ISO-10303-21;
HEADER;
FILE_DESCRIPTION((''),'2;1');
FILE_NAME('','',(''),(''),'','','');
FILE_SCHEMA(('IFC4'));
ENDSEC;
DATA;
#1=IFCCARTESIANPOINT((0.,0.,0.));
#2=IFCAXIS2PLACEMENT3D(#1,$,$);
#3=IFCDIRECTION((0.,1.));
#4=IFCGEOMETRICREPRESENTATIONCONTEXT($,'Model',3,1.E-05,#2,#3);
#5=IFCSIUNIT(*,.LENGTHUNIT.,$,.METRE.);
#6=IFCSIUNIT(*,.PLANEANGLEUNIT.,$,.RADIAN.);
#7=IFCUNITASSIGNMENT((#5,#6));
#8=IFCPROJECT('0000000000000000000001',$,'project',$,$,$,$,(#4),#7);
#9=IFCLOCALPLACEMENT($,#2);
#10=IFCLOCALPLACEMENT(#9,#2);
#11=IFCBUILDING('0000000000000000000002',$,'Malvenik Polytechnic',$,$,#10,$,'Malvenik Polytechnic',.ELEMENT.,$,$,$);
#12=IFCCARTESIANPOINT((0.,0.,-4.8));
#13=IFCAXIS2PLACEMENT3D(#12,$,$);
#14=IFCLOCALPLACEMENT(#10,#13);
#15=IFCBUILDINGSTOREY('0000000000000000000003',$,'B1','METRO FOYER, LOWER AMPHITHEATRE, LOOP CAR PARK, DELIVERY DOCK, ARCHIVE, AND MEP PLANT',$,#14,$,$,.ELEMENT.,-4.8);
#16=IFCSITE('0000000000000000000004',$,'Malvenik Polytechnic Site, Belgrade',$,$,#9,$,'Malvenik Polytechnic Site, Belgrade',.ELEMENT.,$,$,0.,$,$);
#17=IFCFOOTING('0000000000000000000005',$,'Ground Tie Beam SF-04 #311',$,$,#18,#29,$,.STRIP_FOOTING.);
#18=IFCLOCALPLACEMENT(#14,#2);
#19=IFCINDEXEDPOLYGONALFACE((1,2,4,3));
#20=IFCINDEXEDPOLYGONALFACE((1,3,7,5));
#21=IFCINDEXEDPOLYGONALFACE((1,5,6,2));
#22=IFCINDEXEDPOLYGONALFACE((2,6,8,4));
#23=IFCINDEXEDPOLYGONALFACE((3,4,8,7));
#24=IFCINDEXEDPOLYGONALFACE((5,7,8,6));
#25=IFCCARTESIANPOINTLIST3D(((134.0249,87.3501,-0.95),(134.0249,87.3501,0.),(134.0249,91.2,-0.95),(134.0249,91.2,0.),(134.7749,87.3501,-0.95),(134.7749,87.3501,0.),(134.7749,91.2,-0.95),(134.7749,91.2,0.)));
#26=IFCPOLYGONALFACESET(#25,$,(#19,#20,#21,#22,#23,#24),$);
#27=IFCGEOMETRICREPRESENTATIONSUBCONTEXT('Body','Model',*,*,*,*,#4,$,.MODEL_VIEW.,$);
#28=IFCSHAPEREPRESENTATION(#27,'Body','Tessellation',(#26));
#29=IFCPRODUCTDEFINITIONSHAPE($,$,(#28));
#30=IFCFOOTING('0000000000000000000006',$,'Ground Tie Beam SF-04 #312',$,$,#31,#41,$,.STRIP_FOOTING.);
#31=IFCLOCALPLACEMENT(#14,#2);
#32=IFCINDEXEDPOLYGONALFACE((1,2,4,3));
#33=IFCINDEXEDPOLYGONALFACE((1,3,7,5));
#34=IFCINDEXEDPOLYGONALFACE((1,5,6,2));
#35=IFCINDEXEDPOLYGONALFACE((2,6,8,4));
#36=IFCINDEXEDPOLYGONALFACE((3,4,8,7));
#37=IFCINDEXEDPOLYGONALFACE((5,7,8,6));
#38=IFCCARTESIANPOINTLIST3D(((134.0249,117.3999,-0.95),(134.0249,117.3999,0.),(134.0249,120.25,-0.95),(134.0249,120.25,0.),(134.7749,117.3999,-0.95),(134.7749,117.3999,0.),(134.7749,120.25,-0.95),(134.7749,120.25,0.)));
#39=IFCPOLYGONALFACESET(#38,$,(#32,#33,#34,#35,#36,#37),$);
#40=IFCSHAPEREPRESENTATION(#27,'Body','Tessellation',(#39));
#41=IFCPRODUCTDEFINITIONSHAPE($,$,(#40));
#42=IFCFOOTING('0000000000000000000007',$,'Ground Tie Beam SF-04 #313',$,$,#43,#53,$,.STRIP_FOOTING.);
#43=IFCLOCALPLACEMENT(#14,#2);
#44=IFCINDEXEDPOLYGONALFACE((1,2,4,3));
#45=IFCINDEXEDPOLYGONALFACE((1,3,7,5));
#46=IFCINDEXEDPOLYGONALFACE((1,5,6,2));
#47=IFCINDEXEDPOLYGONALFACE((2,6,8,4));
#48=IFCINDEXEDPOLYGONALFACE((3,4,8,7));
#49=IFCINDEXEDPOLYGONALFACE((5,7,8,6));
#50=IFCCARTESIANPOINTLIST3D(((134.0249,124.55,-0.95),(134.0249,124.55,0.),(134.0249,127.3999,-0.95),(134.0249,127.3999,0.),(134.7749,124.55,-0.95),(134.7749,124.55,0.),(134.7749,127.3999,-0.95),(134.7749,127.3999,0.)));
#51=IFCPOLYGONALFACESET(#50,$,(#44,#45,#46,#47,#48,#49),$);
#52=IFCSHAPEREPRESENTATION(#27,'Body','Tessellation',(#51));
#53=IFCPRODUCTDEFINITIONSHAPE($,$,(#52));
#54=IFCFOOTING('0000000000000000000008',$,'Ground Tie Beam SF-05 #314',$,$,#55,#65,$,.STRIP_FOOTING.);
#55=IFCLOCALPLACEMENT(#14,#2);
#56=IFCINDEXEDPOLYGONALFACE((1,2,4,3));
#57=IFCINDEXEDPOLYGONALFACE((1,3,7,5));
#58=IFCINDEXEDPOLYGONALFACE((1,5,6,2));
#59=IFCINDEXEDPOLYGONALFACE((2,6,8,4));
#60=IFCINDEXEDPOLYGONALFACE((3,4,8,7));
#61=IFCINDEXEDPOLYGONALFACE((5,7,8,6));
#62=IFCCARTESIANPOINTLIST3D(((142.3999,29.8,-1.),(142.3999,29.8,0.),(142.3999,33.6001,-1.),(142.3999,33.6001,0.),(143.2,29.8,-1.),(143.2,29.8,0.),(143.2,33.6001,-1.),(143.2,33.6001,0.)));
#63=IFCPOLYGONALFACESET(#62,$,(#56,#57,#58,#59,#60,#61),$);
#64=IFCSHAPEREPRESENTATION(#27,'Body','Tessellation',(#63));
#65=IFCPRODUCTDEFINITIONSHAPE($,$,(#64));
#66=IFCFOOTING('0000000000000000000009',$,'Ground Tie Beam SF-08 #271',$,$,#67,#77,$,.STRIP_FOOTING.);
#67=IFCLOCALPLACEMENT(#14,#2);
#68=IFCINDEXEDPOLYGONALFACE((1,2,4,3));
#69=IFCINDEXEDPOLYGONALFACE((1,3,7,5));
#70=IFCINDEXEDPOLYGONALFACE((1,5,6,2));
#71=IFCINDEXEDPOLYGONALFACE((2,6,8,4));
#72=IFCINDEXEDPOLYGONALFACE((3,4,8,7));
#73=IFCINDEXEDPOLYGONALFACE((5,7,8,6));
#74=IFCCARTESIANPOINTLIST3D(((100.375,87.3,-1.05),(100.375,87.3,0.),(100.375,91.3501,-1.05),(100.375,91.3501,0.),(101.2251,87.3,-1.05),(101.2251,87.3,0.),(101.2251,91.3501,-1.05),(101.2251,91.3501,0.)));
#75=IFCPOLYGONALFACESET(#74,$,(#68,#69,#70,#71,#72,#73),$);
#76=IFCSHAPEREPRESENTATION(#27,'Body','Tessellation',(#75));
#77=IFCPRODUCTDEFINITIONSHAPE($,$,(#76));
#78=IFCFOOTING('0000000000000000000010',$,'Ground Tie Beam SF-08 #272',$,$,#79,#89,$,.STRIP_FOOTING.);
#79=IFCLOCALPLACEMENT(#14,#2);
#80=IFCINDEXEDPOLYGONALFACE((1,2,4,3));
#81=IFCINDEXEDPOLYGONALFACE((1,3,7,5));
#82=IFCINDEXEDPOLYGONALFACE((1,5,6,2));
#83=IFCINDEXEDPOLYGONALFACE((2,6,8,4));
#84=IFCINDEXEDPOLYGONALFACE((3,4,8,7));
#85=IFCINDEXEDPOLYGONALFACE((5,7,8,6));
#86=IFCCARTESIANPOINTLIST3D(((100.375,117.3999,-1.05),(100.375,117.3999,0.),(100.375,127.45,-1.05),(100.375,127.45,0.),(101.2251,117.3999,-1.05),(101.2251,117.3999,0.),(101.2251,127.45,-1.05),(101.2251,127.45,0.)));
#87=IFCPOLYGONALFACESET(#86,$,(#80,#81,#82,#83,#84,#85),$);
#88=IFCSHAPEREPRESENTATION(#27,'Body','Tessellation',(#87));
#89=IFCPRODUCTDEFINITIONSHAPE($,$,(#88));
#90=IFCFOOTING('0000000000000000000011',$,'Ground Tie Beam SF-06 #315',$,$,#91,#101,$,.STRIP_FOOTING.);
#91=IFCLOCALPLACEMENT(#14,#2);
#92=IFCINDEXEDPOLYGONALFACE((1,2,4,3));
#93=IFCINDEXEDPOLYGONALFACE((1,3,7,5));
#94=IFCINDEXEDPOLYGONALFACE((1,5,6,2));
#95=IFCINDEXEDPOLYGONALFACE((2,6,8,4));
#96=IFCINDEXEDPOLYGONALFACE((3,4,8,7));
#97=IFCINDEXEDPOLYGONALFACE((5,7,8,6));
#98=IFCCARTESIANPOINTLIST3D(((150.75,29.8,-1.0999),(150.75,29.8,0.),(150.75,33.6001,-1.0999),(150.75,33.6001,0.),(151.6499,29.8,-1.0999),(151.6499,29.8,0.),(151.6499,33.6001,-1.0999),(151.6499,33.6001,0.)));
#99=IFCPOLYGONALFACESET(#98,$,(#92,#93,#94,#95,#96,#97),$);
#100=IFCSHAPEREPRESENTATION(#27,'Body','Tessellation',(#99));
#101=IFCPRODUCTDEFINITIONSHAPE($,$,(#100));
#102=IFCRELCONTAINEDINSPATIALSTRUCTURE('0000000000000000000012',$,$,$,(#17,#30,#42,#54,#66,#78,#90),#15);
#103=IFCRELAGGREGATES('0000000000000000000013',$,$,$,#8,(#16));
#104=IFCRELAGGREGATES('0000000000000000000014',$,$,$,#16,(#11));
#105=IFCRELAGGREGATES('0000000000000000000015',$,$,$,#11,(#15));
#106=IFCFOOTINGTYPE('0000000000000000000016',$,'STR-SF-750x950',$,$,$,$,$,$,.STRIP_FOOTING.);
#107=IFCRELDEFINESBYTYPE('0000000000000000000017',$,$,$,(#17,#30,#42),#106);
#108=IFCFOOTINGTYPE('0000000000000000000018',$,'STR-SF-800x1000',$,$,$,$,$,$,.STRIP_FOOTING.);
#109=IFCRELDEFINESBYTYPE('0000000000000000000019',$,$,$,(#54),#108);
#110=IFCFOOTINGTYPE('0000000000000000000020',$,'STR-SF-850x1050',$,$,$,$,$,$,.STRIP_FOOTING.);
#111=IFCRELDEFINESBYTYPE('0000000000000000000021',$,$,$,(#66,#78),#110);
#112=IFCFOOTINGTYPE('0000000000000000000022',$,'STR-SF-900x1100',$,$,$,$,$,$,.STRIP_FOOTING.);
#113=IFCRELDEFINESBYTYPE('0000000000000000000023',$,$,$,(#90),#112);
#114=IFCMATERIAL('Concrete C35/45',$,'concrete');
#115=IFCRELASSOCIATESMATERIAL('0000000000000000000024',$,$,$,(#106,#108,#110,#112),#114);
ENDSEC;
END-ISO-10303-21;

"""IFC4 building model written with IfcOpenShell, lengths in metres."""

from ifc_helpers import new_model, si_unit, direction, frame, origin, place, context, subcontext, project, spatial, polyline, outline, extrude, material, type_object, element, save


model = new_model("IFC4")

# Units and contexts
model_context = context("Model", 3, precision=1e-05, world=origin(), true_north=direction((0.0, 1.0)))
body_context = subcontext(model_context, "Body", "Model", "MODEL_VIEW")
ifc_project = project(units=[si_unit("LENGTHUNIT", "METRE"), si_unit("PLANEANGLEUNIT", "RADIAN")], contexts=[model_context])

# Site, building, storey
site_placement = place(None, origin())
site = spatial("IfcSite", under=ifc_project, at=site_placement, Name="Malvenik Polytechnic Site, Belgrade", LongName="Malvenik Polytechnic Site, Belgrade", CompositionType="ELEMENT", RefElevation=0.0)
building_placement = place(site_placement, origin())
building = spatial("IfcBuilding", under=site, at=building_placement, Name="Malvenik Polytechnic", LongName="Malvenik Polytechnic", CompositionType="ELEMENT")
storey_placement = place(building_placement, frame((0.0, 0.0, -4.8)))
storey = spatial("IfcBuildingStorey", under=building, at=storey_placement, Name="B1", Description="METRO FOYER, LOWER AMPHITHEATRE, LOOP CAR PARK, DELIVERY DOCK, ARCHIVE, AND MEP PLANT", CompositionType="ELEMENT", Elevation=-4.8)

# Footings
ifc_material = material(Name="Concrete C35/45", Category="concrete")
footing_type_1 = type_object("IfcFootingType", Name="STR-SF-750x950", PredefinedType="STRIP_FOOTING", material=ifc_material)
footing_1_placement = place(storey_placement, frame((0.0, 0.0, -0.95)))
element("IfcFooting", 1, at=footing_1_placement, inside=storey, type_object=footing_type_1, Name="Ground Tie Beam SF-04 #311", PredefinedType="STRIP_FOOTING", context=body_context, shape_type="SweptSolid", body=[
    extrude(outline(polyline([(134.0249, 87.3501), (134.7749, 87.3501), (134.7749, 91.2), (134.0249, 91.2), (134.0249, 87.3501)])), origin(), (0.0, 0.0, 1.0), 0.95),
])
footing_2_placement = place(storey_placement, frame((0.0, 0.0, -0.95)))
element("IfcFooting", 2, at=footing_2_placement, inside=storey, type_object=footing_type_1, Name="Ground Tie Beam SF-04 #312", PredefinedType="STRIP_FOOTING", context=body_context, shape_type="SweptSolid", body=[
    extrude(outline(polyline([(134.0249, 117.3999), (134.7749, 117.3999), (134.7749, 120.25), (134.0249, 120.25), (134.0249, 117.3999)])), origin(), (0.0, 0.0, 1.0), 0.95),
])
footing_3_placement = place(storey_placement, frame((0.0, 0.0, -0.95)))
element("IfcFooting", 3, at=footing_3_placement, inside=storey, type_object=footing_type_1, Name="Ground Tie Beam SF-04 #313", PredefinedType="STRIP_FOOTING", context=body_context, shape_type="SweptSolid", body=[
    extrude(outline(polyline([(134.0249, 124.55), (134.7749, 124.55), (134.7749, 127.3999), (134.0249, 127.3999), (134.0249, 124.55)])), origin(), (0.0, 0.0, 1.0), 0.95),
])
footing_type_2 = type_object("IfcFootingType", Name="STR-SF-800x1000", PredefinedType="STRIP_FOOTING", material=ifc_material)
footing_4_placement = place(storey_placement, frame((0.0, 0.0, -1.0)))
element("IfcFooting", 4, at=footing_4_placement, inside=storey, type_object=footing_type_2, Name="Ground Tie Beam SF-05 #314", PredefinedType="STRIP_FOOTING", context=body_context, shape_type="SweptSolid", body=[
    extrude(outline(polyline([(142.3999, 29.8), (143.2, 29.8), (143.2, 33.6001), (142.3999, 33.6001), (142.3999, 29.8)])), origin(), (0.0, 0.0, 1.0), 1.0),
])
footing_type_3 = type_object("IfcFootingType", Name="STR-SF-850x1050", PredefinedType="STRIP_FOOTING", material=ifc_material)
footing_5_placement = place(storey_placement, frame((0.0, 0.0, -1.05)))
element("IfcFooting", 5, at=footing_5_placement, inside=storey, type_object=footing_type_3, Name="Ground Tie Beam SF-08 #271", PredefinedType="STRIP_FOOTING", context=body_context, shape_type="SweptSolid", body=[
    extrude(outline(polyline([(100.375, 87.3), (101.2251, 87.3), (101.2251, 91.3501), (100.375, 91.3501), (100.375, 87.3)])), origin(), (0.0, 0.0, 1.0), 1.05),
])
footing_6_placement = place(storey_placement, frame((0.0, 0.0, -1.05)))
element("IfcFooting", 6, at=footing_6_placement, inside=storey, type_object=footing_type_3, Name="Ground Tie Beam SF-08 #272", PredefinedType="STRIP_FOOTING", context=body_context, shape_type="SweptSolid", body=[
    extrude(outline(polyline([(100.375, 117.3999), (101.2251, 117.3999), (101.2251, 127.45), (100.375, 127.45), (100.375, 117.3999)])), origin(), (0.0, 0.0, 1.0), 1.05),
])
footing_type_4 = type_object("IfcFootingType", Name="STR-SF-900x1100", PredefinedType="STRIP_FOOTING", material=ifc_material)
footing_7_placement = place(storey_placement, frame((0.0, 0.0, -1.0999)))
element("IfcFooting", 7, at=footing_7_placement, inside=storey, type_object=footing_type_4, Name="Ground Tie Beam SF-06 #315", PredefinedType="STRIP_FOOTING", context=body_context, shape_type="SweptSolid", body=[
    extrude(outline(polyline([(150.75, 29.8), (151.6499, 29.8), (151.6499, 33.6001), (150.75, 33.6001), (150.75, 29.8)])), origin(), (0.0, 0.0, 1.0), 1.0999),
])

save(model, "model.ifc")
